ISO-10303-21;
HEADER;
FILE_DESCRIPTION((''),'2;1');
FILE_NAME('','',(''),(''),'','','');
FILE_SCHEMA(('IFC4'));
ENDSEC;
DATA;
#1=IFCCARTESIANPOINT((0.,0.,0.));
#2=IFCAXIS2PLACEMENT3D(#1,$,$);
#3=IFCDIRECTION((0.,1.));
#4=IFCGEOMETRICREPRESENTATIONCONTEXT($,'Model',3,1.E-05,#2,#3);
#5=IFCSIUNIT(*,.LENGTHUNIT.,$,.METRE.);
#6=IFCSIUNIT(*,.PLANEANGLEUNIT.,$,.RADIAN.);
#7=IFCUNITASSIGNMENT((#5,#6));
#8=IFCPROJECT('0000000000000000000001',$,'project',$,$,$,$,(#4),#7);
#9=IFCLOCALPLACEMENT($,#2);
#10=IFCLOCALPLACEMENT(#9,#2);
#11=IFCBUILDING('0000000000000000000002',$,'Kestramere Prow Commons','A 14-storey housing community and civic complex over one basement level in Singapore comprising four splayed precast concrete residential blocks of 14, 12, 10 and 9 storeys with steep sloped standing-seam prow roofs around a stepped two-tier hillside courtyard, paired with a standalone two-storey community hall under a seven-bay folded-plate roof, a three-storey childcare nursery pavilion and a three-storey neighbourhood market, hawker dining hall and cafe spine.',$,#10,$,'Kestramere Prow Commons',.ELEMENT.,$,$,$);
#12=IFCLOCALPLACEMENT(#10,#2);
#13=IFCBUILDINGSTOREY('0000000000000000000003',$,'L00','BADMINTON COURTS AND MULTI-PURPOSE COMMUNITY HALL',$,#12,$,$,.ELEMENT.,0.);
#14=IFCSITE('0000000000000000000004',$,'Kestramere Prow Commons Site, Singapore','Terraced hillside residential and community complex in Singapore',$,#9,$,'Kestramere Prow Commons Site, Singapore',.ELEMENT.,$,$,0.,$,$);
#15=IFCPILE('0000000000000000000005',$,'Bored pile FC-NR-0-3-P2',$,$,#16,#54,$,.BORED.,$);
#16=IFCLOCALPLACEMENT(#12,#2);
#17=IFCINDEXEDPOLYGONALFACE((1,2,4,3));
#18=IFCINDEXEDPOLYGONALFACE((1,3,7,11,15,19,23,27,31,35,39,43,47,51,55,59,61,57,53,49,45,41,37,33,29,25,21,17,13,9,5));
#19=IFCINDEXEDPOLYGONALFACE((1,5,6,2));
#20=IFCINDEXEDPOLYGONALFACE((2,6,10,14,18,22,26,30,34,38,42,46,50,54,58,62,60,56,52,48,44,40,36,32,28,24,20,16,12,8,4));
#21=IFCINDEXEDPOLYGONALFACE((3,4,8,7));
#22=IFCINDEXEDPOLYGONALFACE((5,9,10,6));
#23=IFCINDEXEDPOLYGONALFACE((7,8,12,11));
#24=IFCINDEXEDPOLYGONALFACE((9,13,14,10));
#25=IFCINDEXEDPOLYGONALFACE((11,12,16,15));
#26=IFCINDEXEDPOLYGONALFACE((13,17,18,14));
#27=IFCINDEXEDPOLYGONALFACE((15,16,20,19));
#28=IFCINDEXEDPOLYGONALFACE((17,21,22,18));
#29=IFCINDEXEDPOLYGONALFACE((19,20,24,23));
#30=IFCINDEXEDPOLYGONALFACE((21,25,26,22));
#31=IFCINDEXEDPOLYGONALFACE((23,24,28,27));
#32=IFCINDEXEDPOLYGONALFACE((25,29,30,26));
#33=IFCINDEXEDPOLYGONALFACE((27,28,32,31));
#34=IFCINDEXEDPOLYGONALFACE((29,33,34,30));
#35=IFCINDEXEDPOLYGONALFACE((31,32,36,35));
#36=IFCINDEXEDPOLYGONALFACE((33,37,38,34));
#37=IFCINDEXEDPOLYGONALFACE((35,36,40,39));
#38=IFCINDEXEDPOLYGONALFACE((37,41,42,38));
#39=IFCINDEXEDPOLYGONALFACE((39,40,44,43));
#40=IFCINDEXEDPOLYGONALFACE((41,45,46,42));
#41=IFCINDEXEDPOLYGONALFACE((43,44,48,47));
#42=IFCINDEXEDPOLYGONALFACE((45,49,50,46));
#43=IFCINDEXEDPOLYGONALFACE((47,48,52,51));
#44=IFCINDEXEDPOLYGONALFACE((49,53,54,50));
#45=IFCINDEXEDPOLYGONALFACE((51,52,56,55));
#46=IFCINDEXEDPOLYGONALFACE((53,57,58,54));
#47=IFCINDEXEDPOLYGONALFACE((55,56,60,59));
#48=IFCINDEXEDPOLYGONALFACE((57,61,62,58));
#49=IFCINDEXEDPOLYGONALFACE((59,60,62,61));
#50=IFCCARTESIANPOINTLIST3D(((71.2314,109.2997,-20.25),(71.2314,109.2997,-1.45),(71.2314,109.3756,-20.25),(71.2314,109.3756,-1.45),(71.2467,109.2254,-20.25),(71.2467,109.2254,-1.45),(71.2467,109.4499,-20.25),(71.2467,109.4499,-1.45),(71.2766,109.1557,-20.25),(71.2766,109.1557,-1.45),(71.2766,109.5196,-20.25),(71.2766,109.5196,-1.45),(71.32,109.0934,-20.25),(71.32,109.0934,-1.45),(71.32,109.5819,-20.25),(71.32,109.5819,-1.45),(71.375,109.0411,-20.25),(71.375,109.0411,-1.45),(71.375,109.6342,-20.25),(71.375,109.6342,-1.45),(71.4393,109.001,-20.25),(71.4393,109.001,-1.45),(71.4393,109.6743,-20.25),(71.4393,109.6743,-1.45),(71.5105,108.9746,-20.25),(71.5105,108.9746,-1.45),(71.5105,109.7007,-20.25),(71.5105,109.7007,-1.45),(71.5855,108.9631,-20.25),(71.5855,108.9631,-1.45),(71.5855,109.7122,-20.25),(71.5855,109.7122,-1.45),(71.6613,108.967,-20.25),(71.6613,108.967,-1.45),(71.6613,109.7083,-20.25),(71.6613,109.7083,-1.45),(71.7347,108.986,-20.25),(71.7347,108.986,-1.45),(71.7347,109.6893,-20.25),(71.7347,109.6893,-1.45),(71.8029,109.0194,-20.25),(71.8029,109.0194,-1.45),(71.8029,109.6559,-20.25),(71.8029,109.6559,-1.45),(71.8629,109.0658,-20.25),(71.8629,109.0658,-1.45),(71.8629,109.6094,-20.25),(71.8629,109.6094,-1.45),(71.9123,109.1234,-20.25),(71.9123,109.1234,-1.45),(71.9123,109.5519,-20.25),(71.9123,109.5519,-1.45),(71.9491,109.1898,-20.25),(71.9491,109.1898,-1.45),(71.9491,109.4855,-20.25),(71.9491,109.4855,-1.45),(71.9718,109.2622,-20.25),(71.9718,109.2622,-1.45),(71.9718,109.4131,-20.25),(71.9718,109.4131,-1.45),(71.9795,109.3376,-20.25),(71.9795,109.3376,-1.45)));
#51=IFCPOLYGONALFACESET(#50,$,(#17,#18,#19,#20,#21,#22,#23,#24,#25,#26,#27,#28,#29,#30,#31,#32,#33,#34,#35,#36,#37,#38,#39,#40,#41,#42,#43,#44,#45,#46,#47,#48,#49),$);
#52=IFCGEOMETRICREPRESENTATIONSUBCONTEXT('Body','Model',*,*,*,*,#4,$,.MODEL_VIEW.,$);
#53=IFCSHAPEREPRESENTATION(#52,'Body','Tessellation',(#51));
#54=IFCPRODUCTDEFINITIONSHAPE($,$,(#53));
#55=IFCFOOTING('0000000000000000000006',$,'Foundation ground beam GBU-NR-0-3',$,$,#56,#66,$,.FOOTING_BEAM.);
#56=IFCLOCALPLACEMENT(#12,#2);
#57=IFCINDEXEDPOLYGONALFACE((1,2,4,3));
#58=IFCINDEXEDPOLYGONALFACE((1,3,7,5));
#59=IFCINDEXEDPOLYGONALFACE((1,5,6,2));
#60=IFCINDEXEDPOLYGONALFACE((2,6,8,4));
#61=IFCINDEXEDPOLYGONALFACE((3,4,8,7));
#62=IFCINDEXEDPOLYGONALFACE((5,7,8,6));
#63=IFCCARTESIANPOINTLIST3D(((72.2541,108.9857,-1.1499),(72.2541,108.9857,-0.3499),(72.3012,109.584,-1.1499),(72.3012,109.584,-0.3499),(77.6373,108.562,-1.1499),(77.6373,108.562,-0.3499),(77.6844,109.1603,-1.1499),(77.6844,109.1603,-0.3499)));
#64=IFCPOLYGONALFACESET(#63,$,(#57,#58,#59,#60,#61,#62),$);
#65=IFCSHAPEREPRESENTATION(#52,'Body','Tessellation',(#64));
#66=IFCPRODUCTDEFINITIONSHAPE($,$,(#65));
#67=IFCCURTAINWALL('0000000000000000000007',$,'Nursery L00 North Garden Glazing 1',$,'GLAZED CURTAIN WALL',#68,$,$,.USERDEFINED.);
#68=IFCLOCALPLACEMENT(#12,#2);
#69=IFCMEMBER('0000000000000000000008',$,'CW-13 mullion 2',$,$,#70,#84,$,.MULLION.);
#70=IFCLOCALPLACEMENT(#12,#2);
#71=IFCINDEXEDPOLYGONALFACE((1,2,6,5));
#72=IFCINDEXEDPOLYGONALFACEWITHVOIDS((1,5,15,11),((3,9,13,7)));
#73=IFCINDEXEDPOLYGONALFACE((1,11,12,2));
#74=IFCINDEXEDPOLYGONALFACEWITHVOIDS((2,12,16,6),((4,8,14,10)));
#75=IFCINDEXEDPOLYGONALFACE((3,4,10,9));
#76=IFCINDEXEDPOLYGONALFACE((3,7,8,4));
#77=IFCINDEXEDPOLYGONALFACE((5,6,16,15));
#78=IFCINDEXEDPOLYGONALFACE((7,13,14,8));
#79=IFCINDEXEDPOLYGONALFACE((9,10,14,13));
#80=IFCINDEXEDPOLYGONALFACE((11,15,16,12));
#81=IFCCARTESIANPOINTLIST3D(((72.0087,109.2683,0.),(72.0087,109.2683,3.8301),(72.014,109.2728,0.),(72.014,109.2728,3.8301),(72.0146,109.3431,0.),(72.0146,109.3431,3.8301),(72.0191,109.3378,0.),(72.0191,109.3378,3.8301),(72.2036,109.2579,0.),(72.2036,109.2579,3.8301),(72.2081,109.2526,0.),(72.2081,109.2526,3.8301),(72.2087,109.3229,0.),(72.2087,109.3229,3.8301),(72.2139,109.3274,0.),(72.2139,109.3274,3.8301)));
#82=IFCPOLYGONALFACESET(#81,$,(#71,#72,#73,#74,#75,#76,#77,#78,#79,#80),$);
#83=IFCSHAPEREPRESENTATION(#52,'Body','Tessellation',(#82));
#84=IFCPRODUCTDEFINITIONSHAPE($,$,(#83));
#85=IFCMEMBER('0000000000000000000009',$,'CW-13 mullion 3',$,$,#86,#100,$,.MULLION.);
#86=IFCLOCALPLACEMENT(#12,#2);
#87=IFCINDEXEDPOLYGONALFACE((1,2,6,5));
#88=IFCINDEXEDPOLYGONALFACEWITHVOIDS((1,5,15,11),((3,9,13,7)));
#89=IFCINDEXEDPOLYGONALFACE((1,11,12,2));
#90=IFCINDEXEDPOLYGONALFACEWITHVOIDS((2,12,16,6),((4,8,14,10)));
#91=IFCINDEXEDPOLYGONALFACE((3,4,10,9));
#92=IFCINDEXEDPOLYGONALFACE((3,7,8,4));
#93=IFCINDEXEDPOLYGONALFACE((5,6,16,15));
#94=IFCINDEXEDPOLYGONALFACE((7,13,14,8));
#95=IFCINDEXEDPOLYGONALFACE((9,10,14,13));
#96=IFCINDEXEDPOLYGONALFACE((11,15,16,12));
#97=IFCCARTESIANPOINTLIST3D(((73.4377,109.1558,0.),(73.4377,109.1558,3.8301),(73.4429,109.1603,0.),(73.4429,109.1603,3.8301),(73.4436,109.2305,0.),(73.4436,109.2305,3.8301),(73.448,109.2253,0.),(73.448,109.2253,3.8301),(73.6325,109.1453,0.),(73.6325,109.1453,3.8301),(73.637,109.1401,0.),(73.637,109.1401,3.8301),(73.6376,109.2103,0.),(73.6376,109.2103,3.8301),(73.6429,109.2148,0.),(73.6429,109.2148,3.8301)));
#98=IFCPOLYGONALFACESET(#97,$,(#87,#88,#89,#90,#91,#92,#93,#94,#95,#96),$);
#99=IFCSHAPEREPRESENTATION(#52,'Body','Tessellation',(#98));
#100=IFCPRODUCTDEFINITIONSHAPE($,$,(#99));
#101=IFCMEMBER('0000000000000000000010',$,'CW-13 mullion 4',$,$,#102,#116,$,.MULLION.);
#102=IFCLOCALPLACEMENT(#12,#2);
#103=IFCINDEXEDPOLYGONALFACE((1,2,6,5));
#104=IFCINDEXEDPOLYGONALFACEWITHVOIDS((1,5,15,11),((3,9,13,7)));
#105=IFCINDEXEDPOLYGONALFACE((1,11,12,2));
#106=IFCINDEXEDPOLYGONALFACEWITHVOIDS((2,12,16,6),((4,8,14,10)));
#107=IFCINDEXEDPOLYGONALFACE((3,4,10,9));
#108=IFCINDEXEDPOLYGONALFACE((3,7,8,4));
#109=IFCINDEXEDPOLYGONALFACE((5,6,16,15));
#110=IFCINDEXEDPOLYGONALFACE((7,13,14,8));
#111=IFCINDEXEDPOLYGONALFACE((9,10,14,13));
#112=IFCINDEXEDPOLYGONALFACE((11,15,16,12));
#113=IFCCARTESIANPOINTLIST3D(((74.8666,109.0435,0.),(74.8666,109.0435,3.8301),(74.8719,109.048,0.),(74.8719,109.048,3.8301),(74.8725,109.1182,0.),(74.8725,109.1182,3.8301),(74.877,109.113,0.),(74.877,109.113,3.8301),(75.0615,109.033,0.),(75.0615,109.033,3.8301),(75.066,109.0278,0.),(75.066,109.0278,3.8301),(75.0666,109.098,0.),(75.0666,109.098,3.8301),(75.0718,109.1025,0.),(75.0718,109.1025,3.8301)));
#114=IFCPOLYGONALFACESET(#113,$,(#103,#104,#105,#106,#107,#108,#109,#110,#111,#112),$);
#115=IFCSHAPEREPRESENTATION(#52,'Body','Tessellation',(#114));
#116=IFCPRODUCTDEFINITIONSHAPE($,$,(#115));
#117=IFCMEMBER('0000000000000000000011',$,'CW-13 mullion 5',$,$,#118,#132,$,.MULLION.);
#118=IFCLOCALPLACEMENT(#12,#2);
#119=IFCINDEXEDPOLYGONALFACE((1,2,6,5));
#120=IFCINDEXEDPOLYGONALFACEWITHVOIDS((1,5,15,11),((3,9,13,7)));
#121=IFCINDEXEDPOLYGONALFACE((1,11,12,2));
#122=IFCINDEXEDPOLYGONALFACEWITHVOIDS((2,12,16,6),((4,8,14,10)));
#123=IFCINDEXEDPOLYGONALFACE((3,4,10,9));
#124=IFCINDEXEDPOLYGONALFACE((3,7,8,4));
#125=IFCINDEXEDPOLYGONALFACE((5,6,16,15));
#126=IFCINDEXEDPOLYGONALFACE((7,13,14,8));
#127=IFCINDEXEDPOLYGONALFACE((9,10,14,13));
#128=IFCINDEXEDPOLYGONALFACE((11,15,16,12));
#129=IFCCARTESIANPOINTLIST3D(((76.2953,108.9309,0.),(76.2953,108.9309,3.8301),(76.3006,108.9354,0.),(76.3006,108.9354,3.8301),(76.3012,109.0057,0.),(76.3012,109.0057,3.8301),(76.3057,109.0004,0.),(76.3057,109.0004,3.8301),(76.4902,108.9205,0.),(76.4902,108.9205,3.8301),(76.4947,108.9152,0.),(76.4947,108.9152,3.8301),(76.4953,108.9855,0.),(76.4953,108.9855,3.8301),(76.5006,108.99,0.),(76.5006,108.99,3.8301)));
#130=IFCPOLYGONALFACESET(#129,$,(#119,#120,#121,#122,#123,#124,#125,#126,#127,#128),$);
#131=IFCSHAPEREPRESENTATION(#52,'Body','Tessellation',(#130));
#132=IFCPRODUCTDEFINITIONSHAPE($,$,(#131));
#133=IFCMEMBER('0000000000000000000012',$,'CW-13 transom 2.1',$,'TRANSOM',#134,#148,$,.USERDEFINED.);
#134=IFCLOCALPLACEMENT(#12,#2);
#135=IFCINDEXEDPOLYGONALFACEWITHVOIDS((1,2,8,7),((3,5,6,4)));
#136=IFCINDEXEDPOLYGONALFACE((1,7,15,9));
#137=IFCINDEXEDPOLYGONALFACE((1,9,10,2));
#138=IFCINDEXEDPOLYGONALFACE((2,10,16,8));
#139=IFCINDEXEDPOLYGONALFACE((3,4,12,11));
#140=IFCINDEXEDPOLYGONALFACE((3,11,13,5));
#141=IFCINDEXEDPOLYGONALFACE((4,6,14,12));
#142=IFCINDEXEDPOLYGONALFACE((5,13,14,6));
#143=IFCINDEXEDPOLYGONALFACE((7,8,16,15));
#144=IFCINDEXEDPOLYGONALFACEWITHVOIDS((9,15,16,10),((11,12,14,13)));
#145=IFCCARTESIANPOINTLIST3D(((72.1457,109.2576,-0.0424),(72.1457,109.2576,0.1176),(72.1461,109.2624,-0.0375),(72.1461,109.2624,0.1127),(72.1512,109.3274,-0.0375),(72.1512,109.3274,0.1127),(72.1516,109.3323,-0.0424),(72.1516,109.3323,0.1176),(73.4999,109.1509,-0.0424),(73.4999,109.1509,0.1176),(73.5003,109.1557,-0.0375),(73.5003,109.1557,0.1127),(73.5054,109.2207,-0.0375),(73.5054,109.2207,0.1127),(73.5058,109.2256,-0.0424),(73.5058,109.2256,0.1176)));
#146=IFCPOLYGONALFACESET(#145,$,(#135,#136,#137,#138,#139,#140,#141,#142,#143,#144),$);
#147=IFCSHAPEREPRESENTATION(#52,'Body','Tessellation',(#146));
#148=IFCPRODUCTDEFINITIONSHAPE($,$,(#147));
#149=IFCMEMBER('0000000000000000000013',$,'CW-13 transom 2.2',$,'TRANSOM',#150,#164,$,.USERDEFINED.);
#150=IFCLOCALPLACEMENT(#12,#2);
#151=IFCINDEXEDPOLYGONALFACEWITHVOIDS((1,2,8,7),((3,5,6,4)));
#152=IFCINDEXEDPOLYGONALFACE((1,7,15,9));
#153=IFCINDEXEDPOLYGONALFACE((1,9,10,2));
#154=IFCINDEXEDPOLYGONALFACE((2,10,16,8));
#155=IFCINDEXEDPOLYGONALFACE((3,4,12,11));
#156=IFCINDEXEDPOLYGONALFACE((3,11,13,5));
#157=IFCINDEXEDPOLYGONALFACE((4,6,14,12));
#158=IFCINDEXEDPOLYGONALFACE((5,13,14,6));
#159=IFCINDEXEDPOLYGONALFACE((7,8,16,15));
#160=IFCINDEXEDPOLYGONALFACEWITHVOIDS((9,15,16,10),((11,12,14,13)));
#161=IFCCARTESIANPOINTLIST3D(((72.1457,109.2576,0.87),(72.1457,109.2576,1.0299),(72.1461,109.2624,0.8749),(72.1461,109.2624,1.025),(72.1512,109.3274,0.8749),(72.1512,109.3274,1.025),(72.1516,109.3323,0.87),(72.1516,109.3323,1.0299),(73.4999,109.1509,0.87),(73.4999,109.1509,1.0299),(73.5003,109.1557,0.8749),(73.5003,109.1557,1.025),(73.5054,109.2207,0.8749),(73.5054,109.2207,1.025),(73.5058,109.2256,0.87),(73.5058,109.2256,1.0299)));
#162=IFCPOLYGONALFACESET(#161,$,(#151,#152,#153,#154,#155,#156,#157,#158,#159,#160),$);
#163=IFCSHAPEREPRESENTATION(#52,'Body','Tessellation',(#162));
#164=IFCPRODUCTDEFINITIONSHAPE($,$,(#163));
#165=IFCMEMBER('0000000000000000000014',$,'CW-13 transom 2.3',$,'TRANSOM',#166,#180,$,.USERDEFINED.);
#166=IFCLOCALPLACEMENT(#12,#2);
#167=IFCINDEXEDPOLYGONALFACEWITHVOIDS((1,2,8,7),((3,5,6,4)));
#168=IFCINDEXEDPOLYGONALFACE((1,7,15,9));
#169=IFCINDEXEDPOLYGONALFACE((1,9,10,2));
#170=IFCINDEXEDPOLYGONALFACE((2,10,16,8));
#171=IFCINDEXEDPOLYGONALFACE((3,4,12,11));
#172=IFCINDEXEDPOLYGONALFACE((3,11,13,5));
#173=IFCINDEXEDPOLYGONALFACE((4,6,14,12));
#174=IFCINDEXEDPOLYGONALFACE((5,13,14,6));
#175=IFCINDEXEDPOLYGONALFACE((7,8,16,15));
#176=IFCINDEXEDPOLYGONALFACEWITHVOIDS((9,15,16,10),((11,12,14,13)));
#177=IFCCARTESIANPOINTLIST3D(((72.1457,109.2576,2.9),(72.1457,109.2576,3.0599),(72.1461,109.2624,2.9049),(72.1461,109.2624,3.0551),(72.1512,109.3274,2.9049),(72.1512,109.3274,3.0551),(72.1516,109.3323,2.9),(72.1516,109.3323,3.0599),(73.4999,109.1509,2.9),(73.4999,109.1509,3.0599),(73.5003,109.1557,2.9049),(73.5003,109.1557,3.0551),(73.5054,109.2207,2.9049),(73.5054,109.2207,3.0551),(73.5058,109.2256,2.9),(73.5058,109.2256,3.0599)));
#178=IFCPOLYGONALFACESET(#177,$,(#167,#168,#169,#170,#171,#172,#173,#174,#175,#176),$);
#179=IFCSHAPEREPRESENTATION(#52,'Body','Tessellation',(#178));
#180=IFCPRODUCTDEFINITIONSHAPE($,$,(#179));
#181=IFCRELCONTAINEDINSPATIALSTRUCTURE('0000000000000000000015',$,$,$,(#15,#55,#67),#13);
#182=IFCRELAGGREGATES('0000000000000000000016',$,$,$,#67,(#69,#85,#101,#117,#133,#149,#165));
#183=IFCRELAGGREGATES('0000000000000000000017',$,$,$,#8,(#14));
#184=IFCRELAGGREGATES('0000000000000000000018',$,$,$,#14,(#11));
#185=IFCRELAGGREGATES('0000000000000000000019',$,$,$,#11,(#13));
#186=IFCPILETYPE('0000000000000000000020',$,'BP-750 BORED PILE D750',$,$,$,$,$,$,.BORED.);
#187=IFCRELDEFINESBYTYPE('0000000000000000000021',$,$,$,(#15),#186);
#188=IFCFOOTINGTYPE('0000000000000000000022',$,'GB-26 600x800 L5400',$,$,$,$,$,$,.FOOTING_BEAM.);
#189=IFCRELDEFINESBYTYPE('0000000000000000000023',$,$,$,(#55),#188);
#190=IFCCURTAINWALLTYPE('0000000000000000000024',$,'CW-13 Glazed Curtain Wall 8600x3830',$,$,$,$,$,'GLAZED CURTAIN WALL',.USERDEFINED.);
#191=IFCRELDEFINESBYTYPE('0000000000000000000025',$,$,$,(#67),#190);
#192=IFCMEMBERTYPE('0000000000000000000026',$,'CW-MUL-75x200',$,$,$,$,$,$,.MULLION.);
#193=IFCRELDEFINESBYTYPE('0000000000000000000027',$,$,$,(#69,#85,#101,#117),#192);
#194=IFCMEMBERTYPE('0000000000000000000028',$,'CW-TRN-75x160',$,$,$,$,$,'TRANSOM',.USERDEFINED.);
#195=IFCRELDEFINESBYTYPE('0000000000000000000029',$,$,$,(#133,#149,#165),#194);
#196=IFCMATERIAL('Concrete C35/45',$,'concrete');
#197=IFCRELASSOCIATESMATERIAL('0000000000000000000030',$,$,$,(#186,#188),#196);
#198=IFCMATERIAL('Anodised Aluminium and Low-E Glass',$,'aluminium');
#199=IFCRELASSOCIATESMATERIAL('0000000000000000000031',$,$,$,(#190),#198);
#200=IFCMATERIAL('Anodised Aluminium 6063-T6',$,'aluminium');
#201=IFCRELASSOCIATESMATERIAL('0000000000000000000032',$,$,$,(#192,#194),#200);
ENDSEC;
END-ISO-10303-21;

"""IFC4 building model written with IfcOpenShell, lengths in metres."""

from ifc_helpers import new_model, si_unit, direction, frame, origin, origin_2d, place, context, subcontext, project, spatial, rectangle, hollow_rectangle, circle, extrude, material, material_profile, profile_set, type_object, element, aggregate, save


model = new_model("IFC4")

# Units and contexts
model_context = context("Model", 3, precision=1e-05, world=origin(), true_north=direction((0.0, 1.0)))
body_context = subcontext(model_context, "Body", "Model", "MODEL_VIEW")
ifc_project = project(units=[si_unit("LENGTHUNIT", "METRE"), si_unit("PLANEANGLEUNIT", "RADIAN")], contexts=[model_context])

# Site, building, storey
site_placement = place(None, origin())
site = spatial("IfcSite", under=ifc_project, at=site_placement, Name="Kestramere Prow Commons Site, Singapore", Description="Terraced hillside residential and community complex in Singapore", LongName="Kestramere Prow Commons Site, Singapore", CompositionType="ELEMENT", RefElevation=0.0)
building_placement = place(site_placement, origin())
building = spatial("IfcBuilding", under=site, at=building_placement, Name="Kestramere Prow Commons", Description="A 14-storey housing community and civic complex over one basement level in Singapore comprising four splayed precast concrete residential blocks of 14, 12, 10 and 9 storeys with steep sloped standing-seam prow roofs around a stepped two-tier hillside courtyard, paired with a standalone two-storey community hall under a seven-bay folded-plate roof, a three-storey childcare nursery pavilion and a three-storey neighbourhood market, hawker dining hall and cafe spine.", LongName="Kestramere Prow Commons", CompositionType="ELEMENT")
storey_placement = place(building_placement, origin())
storey = spatial("IfcBuildingStorey", under=building, at=storey_placement, Name="L00", Description="BADMINTON COURTS AND MULTI-PURPOSE COMMUNITY HALL", CompositionType="ELEMENT", Elevation=0.0)

# Pile
ifc_material_1 = material(Name="Concrete C35/45", Category="concrete")
ifc_material_profile_1 = material_profile(ifc_material_1, circle(Radius=0.375, at=origin_2d()), Name="BORED PILE D750")
ifc_profile_set_1 = profile_set([ifc_material_profile_1], Name="Concrete C35/45")
pile_type = type_object("IfcPileType", Name="BP-750 BORED PILE D750", PredefinedType="BORED", material=ifc_profile_set_1)
pile_placement = place(storey_placement, frame((71.6045, 109.3376, -1.45), z_axis=(0.0, 0.0, -1.0), x_axis=(1.0, 0.0, 0.0)))
element("IfcPile", 1, at=pile_placement, inside=storey, type_object=pile_type, Name="Bored pile FC-NR-0-3-P2", PredefinedType="BORED", context=body_context, shape_type="SweptSolid", body=[
    extrude(circle(Radius=0.375, at=origin_2d()), origin(), (0.0, 0.0, 1.0), 18.8),
])

# Footing
footing_type = type_object("IfcFootingType", Name="GB-26 600x800 L5400", PredefinedType="FOOTING_BEAM", material=ifc_material_1)
footing_placement = place(storey_placement, frame((74.9692, 109.073, -1.1499), z_axis=(0.0, 0.0, 1.0), x_axis=(0.996917, -0.078459, 0.0)))
element("IfcFooting", 2, at=footing_placement, inside=storey, type_object=footing_type, Name="Foundation ground beam GBU-NR-0-3", PredefinedType="FOOTING_BEAM", context=body_context, shape_type="SweptSolid", body=[
    extrude(rectangle(XDim=5.3999, YDim=0.6001, at=origin_2d()), origin(), (0.0, 0.0, 1.0), 0.8),
])

# Curtain wall, members
ifc_material_2 = material(Name="Anodised Aluminium and Low-E Glass", Category="aluminium")
curtain_wall_type = type_object("IfcCurtainWallType", Name="CW-13 Glazed Curtain Wall 8600x3830", ElementType="GLAZED CURTAIN WALL", PredefinedType="USERDEFINED", material=ifc_material_2)
curtain_wall_placement = place(storey_placement, origin())
curtain_wall = element("IfcCurtainWall", 3, at=curtain_wall_placement, inside=storey, type_object=curtain_wall_type, Name="Nursery L00 North Garden Glazing 1", ObjectType="GLAZED CURTAIN WALL", PredefinedType="USERDEFINED")
ifc_material_3 = material(Name="Anodised Aluminium 6063-T6", Category="aluminium")
ifc_material_profile_2 = material_profile(ifc_material_3, hollow_rectangle(XDim=0.075, YDim=0.2, WallThickness=0.0049, at=origin_2d()), Name="ALU-MUL 75x200")
ifc_profile_set_2 = profile_set([ifc_material_profile_2], Name="Anodised Aluminium 6063-T6")
member_type_1 = type_object("IfcMemberType", Name="CW-MUL-75x200", PredefinedType="MULLION", material=ifc_profile_set_2)
member_1_placement = place(storey_placement, frame((72.1113, 109.2979, 0.0), z_axis=(0.0, 0.0, 1.0), x_axis=(0.078459, 0.996917, 0.0)))
member_1 = element("IfcMember", 4, at=member_1_placement, type_object=member_type_1, Name="CW-13 mullion 2", PredefinedType="MULLION", context=body_context, shape_type="SweptSolid", body=[
    extrude(hollow_rectangle(XDim=0.075, YDim=0.2, WallThickness=0.0049, at=origin_2d()), origin(), (0.0, 0.0, 1.0), 3.8301),
])
member_2_placement = place(storey_placement, frame((73.5403, 109.1853, 0.0), z_axis=(0.0, 0.0, 1.0), x_axis=(0.078459, 0.996917, 0.0)))
member_2 = element("IfcMember", 5, at=member_2_placement, type_object=member_type_1, Name="CW-13 mullion 3", PredefinedType="MULLION", context=body_context, shape_type="SweptSolid", body=[
    extrude(hollow_rectangle(XDim=0.075, YDim=0.2, WallThickness=0.0049, at=origin_2d()), origin(), (0.0, 0.0, 1.0), 3.8301),
])
member_3_placement = place(storey_placement, frame((74.9692, 109.073, 0.0), z_axis=(0.0, 0.0, 1.0), x_axis=(0.078459, 0.996917, 0.0)))
member_3 = element("IfcMember", 6, at=member_3_placement, type_object=member_type_1, Name="CW-13 mullion 4", PredefinedType="MULLION", context=body_context, shape_type="SweptSolid", body=[
    extrude(hollow_rectangle(XDim=0.075, YDim=0.2, WallThickness=0.0049, at=origin_2d()), origin(), (0.0, 0.0, 1.0), 3.8301),
])
member_4_placement = place(storey_placement, frame((76.3979, 108.9604, 0.0), z_axis=(0.0, 0.0, 1.0), x_axis=(0.078459, 0.996917, 0.0)))
member_4 = element("IfcMember", 7, at=member_4_placement, type_object=member_type_1, Name="CW-13 mullion 5", PredefinedType="MULLION", context=body_context, shape_type="SweptSolid", body=[
    extrude(hollow_rectangle(XDim=0.075, YDim=0.2, WallThickness=0.0049, at=origin_2d()), origin(), (0.0, 0.0, 1.0), 3.8301),
])
ifc_material_profile_3 = material_profile(ifc_material_3, hollow_rectangle(XDim=0.075, YDim=0.1599, WallThickness=0.0049, at=origin_2d()), Name="ALU-TRN 75x160")
ifc_profile_set_3 = profile_set([ifc_material_profile_3], Name="Anodised Aluminium 6063-T6")
member_type_2 = type_object("IfcMemberType", Name="CW-TRN-75x160", ElementType="TRANSOM", PredefinedType="USERDEFINED", material=ifc_profile_set_3)
member_5_placement = place(storey_placement, frame((72.1487, 109.2949, 0.0376), z_axis=(0.996911, -0.078538, 0.0), x_axis=(0.078538, 0.996911, 0.0)))
member_5 = element("IfcMember", 8, at=member_5_placement, type_object=member_type_2, Name="CW-13 transom 2.1", ObjectType="TRANSOM", PredefinedType="USERDEFINED", context=body_context, shape_type="SweptSolid", body=[
    extrude(hollow_rectangle(XDim=0.075, YDim=0.1599, WallThickness=0.0049, at=origin_2d()), origin(), (0.0, 0.0, 1.0), 1.3584),
])
member_6_placement = place(storey_placement, frame((72.1487, 109.2949, 0.95), z_axis=(0.996911, -0.078538, 0.0), x_axis=(0.078538, 0.996911, 0.0)))
member_6 = element("IfcMember", 9, at=member_6_placement, type_object=member_type_2, Name="CW-13 transom 2.2", ObjectType="TRANSOM", PredefinedType="USERDEFINED", context=body_context, shape_type="SweptSolid", body=[
    extrude(hollow_rectangle(XDim=0.075, YDim=0.1599, WallThickness=0.0049, at=origin_2d()), origin(), (0.0, 0.0, 1.0), 1.3584),
])
member_7_placement = place(storey_placement, frame((72.1487, 109.2949, 2.98), z_axis=(0.996911, -0.078538, 0.0), x_axis=(0.078538, 0.996911, 0.0)))
member_7 = element("IfcMember", 10, at=member_7_placement, type_object=member_type_2, Name="CW-13 transom 2.3", ObjectType="TRANSOM", PredefinedType="USERDEFINED", context=body_context, shape_type="SweptSolid", body=[
    extrude(hollow_rectangle(XDim=0.075, YDim=0.1599, WallThickness=0.0049, at=origin_2d()), origin(), (0.0, 0.0, 1.0), 1.3584),
])
aggregate(curtain_wall, [member_1, member_2, member_3, member_4, member_5, member_6, member_7])

save(model, "model.ifc")
